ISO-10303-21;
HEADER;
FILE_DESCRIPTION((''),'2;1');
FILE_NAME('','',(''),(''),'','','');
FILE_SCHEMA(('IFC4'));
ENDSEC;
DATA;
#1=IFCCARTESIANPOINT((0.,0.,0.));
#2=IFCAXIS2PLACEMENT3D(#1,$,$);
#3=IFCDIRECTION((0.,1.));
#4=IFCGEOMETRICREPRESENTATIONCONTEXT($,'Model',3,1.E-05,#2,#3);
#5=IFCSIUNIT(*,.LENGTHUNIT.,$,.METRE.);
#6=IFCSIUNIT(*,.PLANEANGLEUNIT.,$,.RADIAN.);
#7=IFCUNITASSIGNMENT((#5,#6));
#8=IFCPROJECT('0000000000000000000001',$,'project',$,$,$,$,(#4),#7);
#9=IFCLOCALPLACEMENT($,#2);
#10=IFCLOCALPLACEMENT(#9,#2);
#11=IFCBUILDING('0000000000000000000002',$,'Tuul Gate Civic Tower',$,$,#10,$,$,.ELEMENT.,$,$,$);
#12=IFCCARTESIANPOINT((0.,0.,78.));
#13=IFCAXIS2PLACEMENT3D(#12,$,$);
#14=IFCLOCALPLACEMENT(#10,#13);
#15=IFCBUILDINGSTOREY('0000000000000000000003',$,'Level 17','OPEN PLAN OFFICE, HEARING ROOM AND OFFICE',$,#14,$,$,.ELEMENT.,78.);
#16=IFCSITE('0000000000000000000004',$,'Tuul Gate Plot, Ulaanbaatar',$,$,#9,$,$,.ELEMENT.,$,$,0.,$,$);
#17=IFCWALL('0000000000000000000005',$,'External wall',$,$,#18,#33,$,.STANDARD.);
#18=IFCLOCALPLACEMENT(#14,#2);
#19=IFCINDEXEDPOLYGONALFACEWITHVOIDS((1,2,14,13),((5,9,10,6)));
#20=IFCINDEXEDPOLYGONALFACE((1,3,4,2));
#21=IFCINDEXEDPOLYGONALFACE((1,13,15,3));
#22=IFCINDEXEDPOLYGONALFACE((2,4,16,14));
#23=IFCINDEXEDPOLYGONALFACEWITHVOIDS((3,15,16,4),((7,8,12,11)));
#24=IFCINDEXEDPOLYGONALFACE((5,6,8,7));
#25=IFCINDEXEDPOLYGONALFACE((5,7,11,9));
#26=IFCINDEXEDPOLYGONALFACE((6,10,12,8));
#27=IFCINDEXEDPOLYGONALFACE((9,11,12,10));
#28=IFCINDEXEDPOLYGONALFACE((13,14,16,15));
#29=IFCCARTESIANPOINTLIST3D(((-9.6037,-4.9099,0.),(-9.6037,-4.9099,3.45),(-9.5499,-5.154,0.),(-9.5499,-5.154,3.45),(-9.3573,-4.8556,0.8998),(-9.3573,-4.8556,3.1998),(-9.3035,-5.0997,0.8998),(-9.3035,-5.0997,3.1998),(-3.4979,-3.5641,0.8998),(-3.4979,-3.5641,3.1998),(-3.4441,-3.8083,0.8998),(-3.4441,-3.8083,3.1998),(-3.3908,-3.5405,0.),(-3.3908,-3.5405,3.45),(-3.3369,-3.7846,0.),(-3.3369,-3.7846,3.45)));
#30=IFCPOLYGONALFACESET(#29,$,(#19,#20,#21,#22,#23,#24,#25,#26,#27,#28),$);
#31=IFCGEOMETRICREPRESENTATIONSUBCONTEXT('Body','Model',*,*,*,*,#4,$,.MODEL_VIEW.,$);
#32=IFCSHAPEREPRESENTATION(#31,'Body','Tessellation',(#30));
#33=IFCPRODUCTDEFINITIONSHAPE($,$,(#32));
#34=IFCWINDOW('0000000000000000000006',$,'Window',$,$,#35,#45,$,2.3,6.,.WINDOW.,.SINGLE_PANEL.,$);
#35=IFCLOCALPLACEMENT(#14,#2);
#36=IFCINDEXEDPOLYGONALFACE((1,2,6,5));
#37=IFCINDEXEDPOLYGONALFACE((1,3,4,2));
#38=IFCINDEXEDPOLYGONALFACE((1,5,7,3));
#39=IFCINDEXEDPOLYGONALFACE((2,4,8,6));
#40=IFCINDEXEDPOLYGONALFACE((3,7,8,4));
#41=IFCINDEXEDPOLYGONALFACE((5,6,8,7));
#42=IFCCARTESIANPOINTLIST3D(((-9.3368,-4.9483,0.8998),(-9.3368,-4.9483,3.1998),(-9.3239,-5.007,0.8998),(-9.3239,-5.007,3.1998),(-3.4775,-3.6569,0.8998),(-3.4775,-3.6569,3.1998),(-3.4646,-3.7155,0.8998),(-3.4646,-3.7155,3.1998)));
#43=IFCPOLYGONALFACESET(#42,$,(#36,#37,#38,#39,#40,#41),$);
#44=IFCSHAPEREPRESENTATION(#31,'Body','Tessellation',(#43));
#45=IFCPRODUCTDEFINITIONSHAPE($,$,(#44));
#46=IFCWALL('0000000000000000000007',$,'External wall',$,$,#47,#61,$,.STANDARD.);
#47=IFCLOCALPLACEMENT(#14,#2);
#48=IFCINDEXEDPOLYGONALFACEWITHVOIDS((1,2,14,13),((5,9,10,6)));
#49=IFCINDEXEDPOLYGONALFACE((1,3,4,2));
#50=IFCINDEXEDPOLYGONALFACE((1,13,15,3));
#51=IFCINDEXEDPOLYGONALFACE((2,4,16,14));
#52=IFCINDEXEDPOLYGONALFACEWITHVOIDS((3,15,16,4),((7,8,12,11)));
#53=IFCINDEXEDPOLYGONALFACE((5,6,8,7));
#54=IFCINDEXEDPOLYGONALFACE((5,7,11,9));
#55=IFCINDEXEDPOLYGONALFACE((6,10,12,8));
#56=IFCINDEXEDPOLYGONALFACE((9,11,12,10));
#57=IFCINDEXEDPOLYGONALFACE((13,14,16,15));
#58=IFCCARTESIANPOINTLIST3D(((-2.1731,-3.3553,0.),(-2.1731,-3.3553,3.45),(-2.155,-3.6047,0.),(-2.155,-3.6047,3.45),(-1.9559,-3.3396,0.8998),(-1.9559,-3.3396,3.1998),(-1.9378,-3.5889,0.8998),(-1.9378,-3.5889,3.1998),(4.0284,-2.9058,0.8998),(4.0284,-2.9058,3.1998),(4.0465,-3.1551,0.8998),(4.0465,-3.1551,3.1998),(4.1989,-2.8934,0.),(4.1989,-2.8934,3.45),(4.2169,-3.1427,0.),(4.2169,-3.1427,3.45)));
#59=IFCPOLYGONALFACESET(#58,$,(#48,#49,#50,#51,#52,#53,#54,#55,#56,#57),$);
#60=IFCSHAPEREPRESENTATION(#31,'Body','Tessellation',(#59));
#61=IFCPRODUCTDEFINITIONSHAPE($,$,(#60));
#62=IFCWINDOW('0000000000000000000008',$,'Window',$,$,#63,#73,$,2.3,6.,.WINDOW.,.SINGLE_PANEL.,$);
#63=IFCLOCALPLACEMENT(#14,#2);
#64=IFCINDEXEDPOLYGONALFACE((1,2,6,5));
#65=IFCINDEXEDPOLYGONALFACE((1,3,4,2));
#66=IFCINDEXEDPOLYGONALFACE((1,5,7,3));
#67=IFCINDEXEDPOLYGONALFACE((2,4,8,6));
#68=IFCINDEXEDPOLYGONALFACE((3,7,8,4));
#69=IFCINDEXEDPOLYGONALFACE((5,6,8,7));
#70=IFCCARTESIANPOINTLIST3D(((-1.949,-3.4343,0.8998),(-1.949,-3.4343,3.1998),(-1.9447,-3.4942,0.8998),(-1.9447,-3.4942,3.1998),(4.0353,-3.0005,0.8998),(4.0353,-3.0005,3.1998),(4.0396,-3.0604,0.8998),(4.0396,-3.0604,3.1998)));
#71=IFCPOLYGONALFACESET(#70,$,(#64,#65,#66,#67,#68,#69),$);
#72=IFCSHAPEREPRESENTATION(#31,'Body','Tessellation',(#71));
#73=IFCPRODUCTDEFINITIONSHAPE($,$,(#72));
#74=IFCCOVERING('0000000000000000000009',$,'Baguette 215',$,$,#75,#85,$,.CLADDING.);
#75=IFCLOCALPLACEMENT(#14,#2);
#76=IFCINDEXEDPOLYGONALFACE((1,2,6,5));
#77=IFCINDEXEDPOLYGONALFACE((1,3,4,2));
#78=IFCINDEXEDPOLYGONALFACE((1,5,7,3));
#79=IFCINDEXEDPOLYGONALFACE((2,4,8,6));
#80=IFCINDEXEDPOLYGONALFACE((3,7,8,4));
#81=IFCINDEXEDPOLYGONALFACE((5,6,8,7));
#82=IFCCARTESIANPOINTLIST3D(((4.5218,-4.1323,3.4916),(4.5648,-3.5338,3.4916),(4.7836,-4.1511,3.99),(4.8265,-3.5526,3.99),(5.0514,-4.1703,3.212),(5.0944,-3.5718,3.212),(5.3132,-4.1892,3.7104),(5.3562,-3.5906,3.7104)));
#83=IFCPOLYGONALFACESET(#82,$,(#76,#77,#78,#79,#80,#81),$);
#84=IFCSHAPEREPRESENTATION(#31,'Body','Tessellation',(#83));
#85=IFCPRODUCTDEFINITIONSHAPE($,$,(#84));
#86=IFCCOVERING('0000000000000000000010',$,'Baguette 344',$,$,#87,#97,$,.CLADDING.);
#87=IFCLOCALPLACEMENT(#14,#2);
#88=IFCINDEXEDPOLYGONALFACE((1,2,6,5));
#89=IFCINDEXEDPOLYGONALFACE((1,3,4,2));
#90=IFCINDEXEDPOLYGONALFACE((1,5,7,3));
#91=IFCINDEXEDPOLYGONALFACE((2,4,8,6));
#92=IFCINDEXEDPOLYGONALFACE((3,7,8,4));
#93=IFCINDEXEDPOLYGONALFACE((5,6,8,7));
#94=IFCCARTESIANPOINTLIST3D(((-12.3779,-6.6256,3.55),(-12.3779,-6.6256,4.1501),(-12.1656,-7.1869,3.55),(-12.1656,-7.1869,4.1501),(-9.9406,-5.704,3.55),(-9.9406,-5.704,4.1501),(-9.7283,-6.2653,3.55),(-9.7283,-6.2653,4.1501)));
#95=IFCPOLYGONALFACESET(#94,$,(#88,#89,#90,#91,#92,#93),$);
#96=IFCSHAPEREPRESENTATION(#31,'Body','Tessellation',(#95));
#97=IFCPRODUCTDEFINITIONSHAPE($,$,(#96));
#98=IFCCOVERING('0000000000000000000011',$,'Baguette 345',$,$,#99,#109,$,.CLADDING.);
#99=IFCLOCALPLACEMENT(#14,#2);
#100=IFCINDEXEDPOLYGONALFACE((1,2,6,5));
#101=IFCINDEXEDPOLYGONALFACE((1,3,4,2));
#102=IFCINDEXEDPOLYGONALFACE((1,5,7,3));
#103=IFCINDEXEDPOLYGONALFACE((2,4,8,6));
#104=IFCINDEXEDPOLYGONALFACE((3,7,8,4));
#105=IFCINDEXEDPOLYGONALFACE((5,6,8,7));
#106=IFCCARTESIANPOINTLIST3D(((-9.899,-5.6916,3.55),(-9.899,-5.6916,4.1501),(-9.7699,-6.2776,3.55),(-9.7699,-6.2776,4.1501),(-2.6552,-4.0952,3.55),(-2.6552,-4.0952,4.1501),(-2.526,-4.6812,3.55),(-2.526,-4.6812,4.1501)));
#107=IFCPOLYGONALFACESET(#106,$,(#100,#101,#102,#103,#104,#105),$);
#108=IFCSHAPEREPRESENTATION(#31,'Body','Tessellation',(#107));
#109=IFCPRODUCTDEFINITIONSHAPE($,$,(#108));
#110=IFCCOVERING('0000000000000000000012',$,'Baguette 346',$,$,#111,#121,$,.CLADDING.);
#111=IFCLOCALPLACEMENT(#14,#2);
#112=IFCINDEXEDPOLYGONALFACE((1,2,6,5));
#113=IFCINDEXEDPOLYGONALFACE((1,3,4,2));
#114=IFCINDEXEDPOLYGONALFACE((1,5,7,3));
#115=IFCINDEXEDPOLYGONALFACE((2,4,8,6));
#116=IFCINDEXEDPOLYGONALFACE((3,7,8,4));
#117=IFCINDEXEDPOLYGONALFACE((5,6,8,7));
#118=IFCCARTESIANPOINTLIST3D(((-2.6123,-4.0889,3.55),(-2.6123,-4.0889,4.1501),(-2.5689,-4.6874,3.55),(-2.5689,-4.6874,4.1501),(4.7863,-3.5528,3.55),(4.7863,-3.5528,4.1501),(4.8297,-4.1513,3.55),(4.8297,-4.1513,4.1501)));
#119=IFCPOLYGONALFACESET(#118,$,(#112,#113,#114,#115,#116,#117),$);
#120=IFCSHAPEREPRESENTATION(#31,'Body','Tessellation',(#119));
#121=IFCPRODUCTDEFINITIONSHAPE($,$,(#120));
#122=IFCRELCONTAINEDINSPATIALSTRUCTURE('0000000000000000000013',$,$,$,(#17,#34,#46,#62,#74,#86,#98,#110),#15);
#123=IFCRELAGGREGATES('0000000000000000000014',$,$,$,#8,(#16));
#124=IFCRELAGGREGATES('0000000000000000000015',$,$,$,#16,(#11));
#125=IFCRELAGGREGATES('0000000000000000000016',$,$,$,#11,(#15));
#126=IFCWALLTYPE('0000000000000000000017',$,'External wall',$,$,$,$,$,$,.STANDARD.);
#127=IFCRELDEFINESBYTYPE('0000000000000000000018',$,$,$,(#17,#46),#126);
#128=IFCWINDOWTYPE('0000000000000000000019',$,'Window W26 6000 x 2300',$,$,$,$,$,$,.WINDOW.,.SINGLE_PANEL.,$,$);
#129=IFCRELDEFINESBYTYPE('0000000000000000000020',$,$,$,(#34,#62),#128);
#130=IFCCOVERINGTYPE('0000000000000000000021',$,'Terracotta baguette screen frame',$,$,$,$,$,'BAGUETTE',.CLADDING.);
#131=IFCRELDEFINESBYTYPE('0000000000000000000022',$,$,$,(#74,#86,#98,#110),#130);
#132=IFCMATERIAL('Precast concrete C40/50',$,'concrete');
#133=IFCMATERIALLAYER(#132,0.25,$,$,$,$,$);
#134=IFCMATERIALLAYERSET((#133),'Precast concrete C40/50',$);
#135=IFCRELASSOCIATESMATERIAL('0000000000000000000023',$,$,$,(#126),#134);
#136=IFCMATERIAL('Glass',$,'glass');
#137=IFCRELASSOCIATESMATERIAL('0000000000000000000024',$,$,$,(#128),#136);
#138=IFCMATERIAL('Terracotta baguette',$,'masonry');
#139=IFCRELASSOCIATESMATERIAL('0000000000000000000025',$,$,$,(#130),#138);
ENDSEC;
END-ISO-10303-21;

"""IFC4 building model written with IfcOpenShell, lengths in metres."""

from ifc_helpers import new_model, si_unit, direction, frame, frame_2d, origin, origin_2d, place, context, subcontext, project, spatial, rectangle, extrude, material, layer, layer_set, material_profile, profile_set, type_object, element, fill, save


model = new_model("IFC4")

# Units and contexts
model_context = context("Model", 3, precision=1e-05, world=origin(), true_north=direction((0.0, 1.0)))
body_context = subcontext(model_context, "Body", "Model", "MODEL_VIEW")
ifc_project = project(units=[si_unit("LENGTHUNIT", "METRE"), si_unit("PLANEANGLEUNIT", "RADIAN")], contexts=[model_context])

# Site, building, storey
site_placement = place(None, origin())
site = spatial("IfcSite", under=ifc_project, at=site_placement, Name="Tuul Gate Plot, Ulaanbaatar", CompositionType="ELEMENT", RefElevation=0.0)
building_placement = place(site_placement, origin())
building = spatial("IfcBuilding", under=site, at=building_placement, Name="Tuul Gate Civic Tower", CompositionType="ELEMENT")
storey_placement = place(building_placement, frame((0.0, 0.0, 78.0)))
storey = spatial("IfcBuildingStorey", under=building, at=storey_placement, Name="Level 17", Description="OPEN PLAN OFFICE, HEARING ROOM AND OFFICE", CompositionType="ELEMENT", Elevation=78.0)

# Walls, openings, windows
ifc_material_1 = material(Name="Precast concrete C40/50", Category="concrete")
ifc_layer_1 = layer(ifc_material_1, 0.25)
ifc_layer_set_1 = layer_set([ifc_layer_1], Name="Precast concrete C40/50")
wall_type = type_object("IfcWallType", Name="External wall", PredefinedType="STANDARD", material=ifc_layer_set_1)
wall_1_placement = place(storey_placement, frame((-9.5769, -5.032, 0.0), z_axis=(0.0, 0.0, 1.0), x_axis=(0.97656, 0.215244, 0.0)))
wall_1 = element("IfcWall", 1, at=wall_1_placement, inside=storey, type_object=wall_type, Name="External wall", PredefinedType="STANDARD", context=body_context, shape_type="SweptSolid", body=[
    extrude(rectangle(XDim=6.3621, YDim=0.25, at=frame_2d((3.1812, 0.0))), origin(), (0.0, 0.0, 1.0), 3.45),
])
opening_1_placement = place(wall_1_placement, frame((0.2524, 0.0, 0.8999)))
opening_1 = element("IfcOpeningElement", 2, at=opening_1_placement, cuts=wall_1, PredefinedType="OPENING", context=body_context, shape_type="SweptSolid", body=[
    extrude(rectangle(XDim=6.0, YDim=2.3, at=frame_2d((3.0, 1.1499))), frame((0.0, 0.135, 0.0), z_axis=(0.0, -1.0, 0.0), x_axis=(1.0, 0.0, 0.0)), (0.0, 0.0, 1.0), 0.27),
])
ifc_material_2 = material(Name="Glass", Category="glass")
window_type = type_object("IfcWindowType", Name="Window W26 6000 x 2300", PartitioningType="SINGLE_PANEL", PredefinedType="WINDOW", material=ifc_material_2)
window_1_placement = place(opening_1_placement, origin())
window_1 = element("IfcWindow", 3, at=window_1_placement, inside=storey, type_object=window_type, Name="Window", OverallHeight=2.3, OverallWidth=6.0, PartitioningType="SINGLE_PANEL", PredefinedType="WINDOW", context=body_context, shape_type="SweptSolid", body=[
    extrude(rectangle(XDim=6.0, YDim=2.3, at=frame_2d((3.0, 1.1499))), frame((0.0, 0.03, 0.0), z_axis=(0.0, -1.0, 0.0), x_axis=(1.0, 0.0, 0.0)), (0.0, 0.0, 1.0), 0.0601),
])
fill(opening_1, window_1)
wall_2_placement = place(storey_placement, frame((-2.1641, -3.48, 0.0), z_axis=(0.0, 0.0, 1.0), x_axis=(0.997383, 0.072301, 0.0)))
wall_2 = element("IfcWall", 4, at=wall_2_placement, inside=storey, type_object=wall_type, Name="External wall", PredefinedType="STANDARD", context=body_context, shape_type="SweptSolid", body=[
    extrude(rectangle(XDim=6.3887, YDim=0.25, at=frame_2d((3.1943, 0.0))), origin(), (0.0, 0.0, 1.0), 3.45),
])
opening_2_placement = place(wall_2_placement, frame((0.2178, 0.0, 0.8999)))
opening_2 = element("IfcOpeningElement", 5, at=opening_2_placement, cuts=wall_2, PredefinedType="OPENING", context=body_context, shape_type="SweptSolid", body=[
    extrude(rectangle(XDim=6.0, YDim=2.3, at=frame_2d((3.0, 1.1499))), frame((0.0, 0.135, 0.0), z_axis=(0.0, -1.0, 0.0), x_axis=(1.0, 0.0, 0.0)), (0.0, 0.0, 1.0), 0.27),
])
window_2_placement = place(opening_2_placement, origin())
window_2 = element("IfcWindow", 6, at=window_2_placement, inside=storey, type_object=window_type, Name="Window", OverallHeight=2.3, OverallWidth=6.0, PartitioningType="SINGLE_PANEL", PredefinedType="WINDOW", context=body_context, shape_type="SweptSolid", body=[
    extrude(rectangle(XDim=6.0, YDim=2.3, at=frame_2d((3.0, 1.1499))), frame((0.0, 0.03, 0.0), z_axis=(0.0, -1.0, 0.0), x_axis=(1.0, 0.0, 0.0)), (0.0, 0.0, 1.0), 0.0601),
])
fill(opening_2, window_2)

# Coverings
ifc_material_3 = material(Name="Terracotta baguette", Category="masonry")
ifc_material_profile_1 = material_profile(ifc_material_3, rectangle(XDim=0.6001, YDim=0.6001, at=origin_2d()), Name="Terracotta baguette screen frame")
ifc_profile_set_1 = profile_set([ifc_material_profile_1], Name="Terracotta baguette")
covering_type = type_object("IfcCoveringType", Name="Terracotta baguette screen frame", ElementType="BAGUETTE", PredefinedType="CLADDING", material=ifc_profile_set_1)
covering_1_placement = place(storey_placement, frame((4.8081, -3.8521, 3.3518), z_axis=(0.464736, -0.033381, 0.88482), x_axis=(0.071644, 0.99743, 0.0)))
element("IfcCovering", 7, at=covering_1_placement, inside=storey, type_object=covering_type, Name="Baguette 215", PredefinedType="CLADDING", context=body_context, shape_type="SweptSolid", body=[
    extrude(rectangle(XDim=0.6001, YDim=0.6001, at=origin_2d()), origin(), (0.0, 0.0, 1.0), 0.5632),
])
covering_2_placement = place(storey_placement, frame((-12.2717, -6.9062, 3.8501), z_axis=(0.935359, 0.353699, 0.0), x_axis=(-0.353699, 0.935359, 0.0)))
element("IfcCovering", 8, at=covering_2_placement, inside=storey, type_object=covering_type, Name="Baguette 344", PredefinedType="CLADDING", context=body_context, shape_type="SweptSolid", body=[
    extrude(rectangle(XDim=0.6001, YDim=0.6001, at=origin_2d()), origin(), (0.0, 0.0, 1.0), 2.6057),
])
covering_3_placement = place(storey_placement, frame((-9.8345, -5.9846, 3.8501), z_axis=(0.976566, 0.215219, 0.0), x_axis=(-0.215219, 0.976566, 0.0)))
element("IfcCovering", 9, at=covering_3_placement, inside=storey, type_object=covering_type, Name="Baguette 345", PredefinedType="CLADDING", context=body_context, shape_type="SweptSolid", body=[
    extrude(rectangle(XDim=0.6001, YDim=0.6001, at=origin_2d()), origin(), (0.0, 0.0, 1.0), 7.4177),
])
covering_4_placement = place(storey_placement, frame((-2.5906, -4.3882, 3.8501), z_axis=(0.997385, 0.072274, 0.0), x_axis=(-0.072274, 0.997385, 0.0)))
element("IfcCovering", 10, at=covering_4_placement, inside=storey, type_object=covering_type, Name="Baguette 346", PredefinedType="CLADDING", context=body_context, shape_type="SweptSolid", body=[
    extrude(rectangle(XDim=0.6001, YDim=0.6001, at=origin_2d()), origin(), (0.0, 0.0, 1.0), 7.418),
])

save(model, "model.ifc")
